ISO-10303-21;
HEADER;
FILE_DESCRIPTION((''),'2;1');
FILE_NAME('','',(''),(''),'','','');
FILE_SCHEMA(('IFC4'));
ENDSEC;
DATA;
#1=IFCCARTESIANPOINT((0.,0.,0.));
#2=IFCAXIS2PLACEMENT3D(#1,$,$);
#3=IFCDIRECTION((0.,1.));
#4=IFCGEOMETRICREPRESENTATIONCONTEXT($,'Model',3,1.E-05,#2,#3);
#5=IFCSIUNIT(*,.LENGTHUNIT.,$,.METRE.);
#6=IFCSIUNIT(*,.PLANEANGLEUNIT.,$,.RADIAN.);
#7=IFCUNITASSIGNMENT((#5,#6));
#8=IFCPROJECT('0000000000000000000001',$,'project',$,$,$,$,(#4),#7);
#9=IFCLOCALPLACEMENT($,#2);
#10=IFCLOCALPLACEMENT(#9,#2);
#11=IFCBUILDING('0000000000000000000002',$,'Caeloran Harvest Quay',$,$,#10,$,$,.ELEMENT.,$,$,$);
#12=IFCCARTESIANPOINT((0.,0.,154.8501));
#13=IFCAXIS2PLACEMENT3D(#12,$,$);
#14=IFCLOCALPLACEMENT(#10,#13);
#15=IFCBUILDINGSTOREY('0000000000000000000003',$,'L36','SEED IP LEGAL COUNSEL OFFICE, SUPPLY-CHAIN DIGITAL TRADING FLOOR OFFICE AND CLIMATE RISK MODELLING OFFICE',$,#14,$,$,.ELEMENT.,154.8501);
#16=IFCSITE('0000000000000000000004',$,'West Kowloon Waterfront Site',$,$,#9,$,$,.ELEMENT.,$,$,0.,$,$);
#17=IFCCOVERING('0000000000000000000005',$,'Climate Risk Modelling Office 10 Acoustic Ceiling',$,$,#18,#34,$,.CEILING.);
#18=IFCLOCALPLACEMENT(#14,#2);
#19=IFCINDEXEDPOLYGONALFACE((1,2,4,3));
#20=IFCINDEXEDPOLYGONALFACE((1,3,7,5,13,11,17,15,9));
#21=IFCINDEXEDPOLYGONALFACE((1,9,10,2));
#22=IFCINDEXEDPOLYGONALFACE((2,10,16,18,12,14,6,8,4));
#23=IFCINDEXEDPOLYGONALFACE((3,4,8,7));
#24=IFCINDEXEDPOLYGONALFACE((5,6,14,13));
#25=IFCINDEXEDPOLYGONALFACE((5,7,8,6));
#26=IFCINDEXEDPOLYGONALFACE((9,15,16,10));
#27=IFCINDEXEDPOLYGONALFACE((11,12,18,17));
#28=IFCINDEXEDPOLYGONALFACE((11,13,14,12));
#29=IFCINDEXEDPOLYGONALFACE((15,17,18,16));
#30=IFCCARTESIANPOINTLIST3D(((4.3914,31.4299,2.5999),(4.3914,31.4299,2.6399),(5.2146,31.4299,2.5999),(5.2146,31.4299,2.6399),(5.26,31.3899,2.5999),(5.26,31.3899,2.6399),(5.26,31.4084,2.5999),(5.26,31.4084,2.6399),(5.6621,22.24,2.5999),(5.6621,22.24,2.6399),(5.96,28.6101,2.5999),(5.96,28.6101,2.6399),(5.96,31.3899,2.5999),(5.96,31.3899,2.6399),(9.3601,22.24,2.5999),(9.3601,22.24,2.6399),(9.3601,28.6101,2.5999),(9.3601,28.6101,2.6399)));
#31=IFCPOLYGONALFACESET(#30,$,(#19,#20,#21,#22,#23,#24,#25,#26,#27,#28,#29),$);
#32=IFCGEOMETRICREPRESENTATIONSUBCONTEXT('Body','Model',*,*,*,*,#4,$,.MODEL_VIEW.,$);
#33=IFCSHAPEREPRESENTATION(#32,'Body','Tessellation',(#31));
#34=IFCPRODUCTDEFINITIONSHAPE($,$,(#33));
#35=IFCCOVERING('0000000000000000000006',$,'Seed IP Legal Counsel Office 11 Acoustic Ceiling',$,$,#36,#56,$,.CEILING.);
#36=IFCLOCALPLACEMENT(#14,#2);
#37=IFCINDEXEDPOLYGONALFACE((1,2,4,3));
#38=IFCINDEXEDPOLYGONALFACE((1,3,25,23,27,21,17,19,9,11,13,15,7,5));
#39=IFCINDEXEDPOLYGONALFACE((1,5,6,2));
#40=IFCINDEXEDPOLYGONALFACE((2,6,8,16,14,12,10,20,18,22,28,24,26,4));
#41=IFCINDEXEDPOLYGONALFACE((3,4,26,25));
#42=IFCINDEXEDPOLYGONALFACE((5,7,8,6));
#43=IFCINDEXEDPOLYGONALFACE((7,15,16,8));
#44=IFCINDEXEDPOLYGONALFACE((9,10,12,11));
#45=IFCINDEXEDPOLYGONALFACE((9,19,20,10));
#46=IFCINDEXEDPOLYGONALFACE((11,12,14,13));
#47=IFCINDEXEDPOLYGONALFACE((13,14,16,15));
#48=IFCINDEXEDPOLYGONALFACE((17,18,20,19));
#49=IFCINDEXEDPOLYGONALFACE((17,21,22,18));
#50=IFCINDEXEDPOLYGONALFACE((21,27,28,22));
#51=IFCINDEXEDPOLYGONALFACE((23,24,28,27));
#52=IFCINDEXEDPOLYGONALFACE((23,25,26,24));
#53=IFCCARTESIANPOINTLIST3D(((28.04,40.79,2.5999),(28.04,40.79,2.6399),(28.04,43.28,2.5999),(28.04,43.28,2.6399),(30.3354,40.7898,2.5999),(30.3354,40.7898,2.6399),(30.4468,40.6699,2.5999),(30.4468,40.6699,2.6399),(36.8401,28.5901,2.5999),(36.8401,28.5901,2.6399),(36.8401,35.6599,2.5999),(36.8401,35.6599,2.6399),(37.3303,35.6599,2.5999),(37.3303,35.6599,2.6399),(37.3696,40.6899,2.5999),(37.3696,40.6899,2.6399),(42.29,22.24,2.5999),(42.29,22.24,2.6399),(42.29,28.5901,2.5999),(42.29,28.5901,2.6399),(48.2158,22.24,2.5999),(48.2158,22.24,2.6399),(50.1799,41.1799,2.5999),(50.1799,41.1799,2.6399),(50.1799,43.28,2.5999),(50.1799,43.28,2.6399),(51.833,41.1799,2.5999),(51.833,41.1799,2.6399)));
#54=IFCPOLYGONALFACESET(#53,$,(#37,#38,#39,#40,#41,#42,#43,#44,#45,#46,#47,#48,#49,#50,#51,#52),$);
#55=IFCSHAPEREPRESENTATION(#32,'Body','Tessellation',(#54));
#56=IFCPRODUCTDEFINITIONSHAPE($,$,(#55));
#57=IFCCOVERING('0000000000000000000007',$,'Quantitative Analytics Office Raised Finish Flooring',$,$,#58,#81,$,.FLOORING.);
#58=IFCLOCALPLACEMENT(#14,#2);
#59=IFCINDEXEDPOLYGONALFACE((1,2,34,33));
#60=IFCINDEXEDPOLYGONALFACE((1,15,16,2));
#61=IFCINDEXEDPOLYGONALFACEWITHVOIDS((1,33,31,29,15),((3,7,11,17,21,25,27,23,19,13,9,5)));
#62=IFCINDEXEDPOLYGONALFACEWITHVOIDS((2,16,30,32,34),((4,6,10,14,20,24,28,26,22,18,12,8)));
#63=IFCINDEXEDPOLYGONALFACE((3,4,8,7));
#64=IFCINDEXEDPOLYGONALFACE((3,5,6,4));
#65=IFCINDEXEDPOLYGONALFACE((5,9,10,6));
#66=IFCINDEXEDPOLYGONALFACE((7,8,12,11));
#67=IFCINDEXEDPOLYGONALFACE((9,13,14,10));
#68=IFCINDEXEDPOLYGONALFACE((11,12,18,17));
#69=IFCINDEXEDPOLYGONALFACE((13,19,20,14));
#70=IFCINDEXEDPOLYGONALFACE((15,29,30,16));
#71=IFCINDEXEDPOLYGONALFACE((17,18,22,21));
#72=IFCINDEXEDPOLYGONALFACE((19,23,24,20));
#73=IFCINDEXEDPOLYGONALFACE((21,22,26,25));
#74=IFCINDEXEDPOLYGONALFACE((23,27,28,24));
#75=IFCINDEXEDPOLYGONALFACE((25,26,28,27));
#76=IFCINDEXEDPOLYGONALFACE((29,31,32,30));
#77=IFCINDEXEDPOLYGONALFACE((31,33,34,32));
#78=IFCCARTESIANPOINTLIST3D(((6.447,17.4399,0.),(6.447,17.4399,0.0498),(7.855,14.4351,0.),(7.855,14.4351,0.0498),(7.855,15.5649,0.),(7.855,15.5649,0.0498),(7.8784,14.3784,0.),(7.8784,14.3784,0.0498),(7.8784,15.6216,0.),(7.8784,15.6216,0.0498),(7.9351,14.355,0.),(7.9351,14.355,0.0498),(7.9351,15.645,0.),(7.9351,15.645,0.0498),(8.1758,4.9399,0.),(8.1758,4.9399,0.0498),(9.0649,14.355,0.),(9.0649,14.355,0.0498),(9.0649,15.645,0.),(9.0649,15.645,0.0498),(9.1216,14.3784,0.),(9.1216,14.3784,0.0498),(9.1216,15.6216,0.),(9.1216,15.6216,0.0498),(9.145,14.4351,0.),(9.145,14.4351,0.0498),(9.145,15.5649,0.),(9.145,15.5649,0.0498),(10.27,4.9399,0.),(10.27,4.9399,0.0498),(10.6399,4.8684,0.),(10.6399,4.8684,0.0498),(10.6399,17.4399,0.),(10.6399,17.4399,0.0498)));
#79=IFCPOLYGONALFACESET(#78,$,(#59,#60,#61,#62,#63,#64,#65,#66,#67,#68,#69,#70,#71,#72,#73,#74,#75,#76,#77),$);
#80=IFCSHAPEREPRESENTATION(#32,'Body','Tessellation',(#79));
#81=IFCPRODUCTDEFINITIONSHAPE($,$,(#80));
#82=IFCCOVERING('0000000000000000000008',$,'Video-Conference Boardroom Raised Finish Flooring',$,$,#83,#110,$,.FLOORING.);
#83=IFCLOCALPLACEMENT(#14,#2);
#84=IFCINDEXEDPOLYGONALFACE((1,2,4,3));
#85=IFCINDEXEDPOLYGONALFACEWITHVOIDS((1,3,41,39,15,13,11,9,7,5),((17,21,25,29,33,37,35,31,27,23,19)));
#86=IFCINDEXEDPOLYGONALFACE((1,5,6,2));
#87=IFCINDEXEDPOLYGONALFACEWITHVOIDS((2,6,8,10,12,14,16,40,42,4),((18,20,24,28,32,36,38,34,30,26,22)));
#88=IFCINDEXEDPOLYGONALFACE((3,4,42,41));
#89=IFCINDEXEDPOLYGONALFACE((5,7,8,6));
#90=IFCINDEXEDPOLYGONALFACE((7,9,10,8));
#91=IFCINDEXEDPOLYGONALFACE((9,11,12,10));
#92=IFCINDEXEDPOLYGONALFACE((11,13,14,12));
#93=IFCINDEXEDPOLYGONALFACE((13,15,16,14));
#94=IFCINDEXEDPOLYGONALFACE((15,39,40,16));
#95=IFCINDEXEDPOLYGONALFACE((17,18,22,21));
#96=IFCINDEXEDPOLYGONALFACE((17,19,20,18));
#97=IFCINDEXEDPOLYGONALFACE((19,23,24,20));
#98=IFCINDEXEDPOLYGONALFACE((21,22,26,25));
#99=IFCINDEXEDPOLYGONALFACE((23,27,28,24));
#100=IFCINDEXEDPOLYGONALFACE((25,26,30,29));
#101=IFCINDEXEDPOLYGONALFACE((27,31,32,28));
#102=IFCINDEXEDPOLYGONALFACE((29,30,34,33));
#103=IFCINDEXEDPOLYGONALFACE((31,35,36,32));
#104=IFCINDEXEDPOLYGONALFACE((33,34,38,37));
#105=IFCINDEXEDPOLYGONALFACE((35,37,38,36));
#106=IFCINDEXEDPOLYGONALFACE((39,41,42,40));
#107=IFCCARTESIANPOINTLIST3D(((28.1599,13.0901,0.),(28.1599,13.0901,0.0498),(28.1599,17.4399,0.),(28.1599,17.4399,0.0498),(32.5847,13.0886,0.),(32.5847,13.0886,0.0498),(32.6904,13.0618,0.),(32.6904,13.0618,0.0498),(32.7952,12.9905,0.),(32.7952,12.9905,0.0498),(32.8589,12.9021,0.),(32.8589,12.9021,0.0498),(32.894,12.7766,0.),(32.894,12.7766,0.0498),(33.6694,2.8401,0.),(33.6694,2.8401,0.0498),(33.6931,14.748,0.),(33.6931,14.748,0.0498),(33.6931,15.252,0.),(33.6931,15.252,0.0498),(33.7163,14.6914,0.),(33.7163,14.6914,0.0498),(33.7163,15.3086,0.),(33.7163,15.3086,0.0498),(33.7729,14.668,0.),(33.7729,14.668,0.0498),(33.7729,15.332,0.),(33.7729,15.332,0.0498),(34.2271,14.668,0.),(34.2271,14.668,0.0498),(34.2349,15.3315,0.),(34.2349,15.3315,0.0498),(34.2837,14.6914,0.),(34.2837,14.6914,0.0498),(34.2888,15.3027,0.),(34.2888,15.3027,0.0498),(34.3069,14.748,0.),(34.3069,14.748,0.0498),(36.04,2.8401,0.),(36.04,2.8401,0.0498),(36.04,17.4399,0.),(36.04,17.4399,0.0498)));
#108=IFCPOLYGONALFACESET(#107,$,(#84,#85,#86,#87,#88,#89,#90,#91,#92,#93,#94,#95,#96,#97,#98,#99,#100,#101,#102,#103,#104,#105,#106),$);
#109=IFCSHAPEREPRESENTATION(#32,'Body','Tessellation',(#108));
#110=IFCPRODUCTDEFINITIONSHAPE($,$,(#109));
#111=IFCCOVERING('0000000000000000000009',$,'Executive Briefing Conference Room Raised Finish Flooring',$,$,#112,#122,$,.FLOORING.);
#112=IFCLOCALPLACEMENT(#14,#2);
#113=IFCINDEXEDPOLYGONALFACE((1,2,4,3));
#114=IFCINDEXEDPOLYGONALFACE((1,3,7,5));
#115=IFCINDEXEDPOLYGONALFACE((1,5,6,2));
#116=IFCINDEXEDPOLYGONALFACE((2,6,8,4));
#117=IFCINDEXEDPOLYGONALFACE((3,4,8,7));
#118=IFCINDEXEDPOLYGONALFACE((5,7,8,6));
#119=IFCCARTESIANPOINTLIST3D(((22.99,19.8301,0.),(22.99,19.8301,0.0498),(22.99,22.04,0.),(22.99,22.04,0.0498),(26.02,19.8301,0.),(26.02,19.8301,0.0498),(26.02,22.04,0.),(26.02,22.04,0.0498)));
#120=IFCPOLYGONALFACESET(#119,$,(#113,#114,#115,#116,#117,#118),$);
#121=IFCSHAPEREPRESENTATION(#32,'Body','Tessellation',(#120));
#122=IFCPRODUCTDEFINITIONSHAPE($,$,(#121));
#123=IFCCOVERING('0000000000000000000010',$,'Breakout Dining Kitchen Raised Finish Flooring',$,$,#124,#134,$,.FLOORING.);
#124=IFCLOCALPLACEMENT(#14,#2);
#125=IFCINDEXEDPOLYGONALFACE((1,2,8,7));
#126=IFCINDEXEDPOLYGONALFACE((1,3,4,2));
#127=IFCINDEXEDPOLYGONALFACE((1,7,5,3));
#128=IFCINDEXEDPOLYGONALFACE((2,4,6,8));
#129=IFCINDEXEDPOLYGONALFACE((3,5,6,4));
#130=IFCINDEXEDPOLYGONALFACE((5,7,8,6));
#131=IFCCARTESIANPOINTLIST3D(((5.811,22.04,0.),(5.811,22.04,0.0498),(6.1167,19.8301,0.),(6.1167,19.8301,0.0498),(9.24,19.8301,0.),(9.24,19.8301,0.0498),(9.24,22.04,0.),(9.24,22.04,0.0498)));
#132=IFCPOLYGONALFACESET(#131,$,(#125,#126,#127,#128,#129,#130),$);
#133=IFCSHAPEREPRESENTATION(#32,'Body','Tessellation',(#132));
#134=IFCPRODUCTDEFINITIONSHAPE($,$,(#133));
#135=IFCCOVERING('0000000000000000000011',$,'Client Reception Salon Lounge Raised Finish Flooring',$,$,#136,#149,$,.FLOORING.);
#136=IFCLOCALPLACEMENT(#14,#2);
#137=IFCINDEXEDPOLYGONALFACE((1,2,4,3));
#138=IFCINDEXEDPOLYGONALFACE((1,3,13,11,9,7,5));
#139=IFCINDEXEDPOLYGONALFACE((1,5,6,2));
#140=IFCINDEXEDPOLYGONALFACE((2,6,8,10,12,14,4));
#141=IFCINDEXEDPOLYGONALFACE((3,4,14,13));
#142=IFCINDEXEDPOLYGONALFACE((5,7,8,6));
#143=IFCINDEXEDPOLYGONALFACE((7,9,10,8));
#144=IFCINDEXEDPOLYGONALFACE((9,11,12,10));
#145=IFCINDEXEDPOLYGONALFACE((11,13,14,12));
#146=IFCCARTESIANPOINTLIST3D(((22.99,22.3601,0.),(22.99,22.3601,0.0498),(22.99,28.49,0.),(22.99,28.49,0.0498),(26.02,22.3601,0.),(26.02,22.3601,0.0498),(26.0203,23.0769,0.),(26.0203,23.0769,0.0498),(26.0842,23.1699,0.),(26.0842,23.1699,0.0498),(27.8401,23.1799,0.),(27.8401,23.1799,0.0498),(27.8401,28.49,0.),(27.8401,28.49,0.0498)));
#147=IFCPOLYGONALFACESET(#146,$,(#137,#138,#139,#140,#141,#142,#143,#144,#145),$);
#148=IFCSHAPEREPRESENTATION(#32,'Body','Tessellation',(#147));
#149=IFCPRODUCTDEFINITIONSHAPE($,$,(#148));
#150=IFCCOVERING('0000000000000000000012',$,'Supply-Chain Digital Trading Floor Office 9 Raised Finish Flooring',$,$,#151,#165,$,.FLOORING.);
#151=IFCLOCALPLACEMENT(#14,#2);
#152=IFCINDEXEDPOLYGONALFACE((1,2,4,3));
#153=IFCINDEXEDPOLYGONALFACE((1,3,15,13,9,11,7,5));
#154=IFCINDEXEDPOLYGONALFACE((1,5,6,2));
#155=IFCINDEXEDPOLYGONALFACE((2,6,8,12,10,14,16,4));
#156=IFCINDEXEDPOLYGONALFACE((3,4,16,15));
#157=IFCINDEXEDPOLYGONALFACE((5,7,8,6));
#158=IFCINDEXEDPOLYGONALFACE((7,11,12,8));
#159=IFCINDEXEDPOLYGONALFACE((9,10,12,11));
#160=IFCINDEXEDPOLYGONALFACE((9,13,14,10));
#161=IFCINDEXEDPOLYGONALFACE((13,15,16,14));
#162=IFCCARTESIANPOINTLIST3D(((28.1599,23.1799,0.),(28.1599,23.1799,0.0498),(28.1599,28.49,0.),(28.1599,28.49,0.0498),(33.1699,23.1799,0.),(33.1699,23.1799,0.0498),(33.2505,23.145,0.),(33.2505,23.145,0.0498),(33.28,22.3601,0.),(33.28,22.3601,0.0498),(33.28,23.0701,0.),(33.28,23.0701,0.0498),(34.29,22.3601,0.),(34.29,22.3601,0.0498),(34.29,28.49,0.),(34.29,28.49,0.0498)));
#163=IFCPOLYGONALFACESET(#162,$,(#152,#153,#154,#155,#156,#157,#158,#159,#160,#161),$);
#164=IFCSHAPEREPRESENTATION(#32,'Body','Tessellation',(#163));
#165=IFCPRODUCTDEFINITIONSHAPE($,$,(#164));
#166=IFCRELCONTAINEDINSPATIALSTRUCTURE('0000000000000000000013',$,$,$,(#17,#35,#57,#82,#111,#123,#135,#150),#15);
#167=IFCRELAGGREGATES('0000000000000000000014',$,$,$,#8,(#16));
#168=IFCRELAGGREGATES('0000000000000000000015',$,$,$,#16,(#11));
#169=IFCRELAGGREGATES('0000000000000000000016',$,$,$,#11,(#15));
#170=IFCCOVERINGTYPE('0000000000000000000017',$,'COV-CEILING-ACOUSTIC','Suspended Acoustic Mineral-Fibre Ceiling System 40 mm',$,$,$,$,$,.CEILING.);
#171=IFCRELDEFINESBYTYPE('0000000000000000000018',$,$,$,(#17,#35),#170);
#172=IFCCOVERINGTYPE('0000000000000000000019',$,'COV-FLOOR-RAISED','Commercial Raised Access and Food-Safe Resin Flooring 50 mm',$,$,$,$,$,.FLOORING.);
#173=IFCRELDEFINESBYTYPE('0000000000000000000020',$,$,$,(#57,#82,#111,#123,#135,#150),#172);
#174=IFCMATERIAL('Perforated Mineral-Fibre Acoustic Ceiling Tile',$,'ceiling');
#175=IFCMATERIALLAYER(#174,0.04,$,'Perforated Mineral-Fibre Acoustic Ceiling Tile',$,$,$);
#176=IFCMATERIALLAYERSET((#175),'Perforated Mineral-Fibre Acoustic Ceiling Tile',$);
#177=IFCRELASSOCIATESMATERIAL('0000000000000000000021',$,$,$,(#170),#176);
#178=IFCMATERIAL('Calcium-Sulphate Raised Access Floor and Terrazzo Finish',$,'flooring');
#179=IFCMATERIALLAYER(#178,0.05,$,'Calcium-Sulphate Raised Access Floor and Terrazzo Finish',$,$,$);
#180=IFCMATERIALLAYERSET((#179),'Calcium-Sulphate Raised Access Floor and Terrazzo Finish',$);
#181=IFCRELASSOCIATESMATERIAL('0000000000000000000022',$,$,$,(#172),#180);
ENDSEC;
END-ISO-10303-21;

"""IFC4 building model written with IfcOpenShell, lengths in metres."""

from ifc_helpers import new_model, si_unit, direction, frame, origin, place, context, subcontext, project, spatial, polyline, outline, extrude, material, layer, layer_set, type_object, element, save


model = new_model("IFC4")

# Units and contexts
model_context = context("Model", 3, precision=1e-05, world=origin(), true_north=direction((0.0, 1.0)))
body_context = subcontext(model_context, "Body", "Model", "MODEL_VIEW")
ifc_project = project(units=[si_unit("LENGTHUNIT", "METRE"), si_unit("PLANEANGLEUNIT", "RADIAN")], contexts=[model_context])

# Site, building, storey
site_placement = place(None, origin())
site = spatial("IfcSite", under=ifc_project, at=site_placement, Name="West Kowloon Waterfront Site", CompositionType="ELEMENT", RefElevation=0.0)
building_placement = place(site_placement, origin())
building = spatial("IfcBuilding", under=site, at=building_placement, Name="Caeloran Harvest Quay", CompositionType="ELEMENT")
storey_placement = place(building_placement, frame((0.0, 0.0, 154.8501)))
storey = spatial("IfcBuildingStorey", under=building, at=storey_placement, Name="L36", Description="SEED IP LEGAL COUNSEL OFFICE, SUPPLY-CHAIN DIGITAL TRADING FLOOR OFFICE AND CLIMATE RISK MODELLING OFFICE", CompositionType="ELEMENT", Elevation=154.8501)

# Coverings
ifc_material_1 = material(Name="Perforated Mineral-Fibre Acoustic Ceiling Tile", Category="ceiling")
ifc_layer_1 = layer(ifc_material_1, 0.04, Name="Perforated Mineral-Fibre Acoustic Ceiling Tile")
ifc_layer_set_1 = layer_set([ifc_layer_1], Name="Perforated Mineral-Fibre Acoustic Ceiling Tile")
covering_type_1 = type_object("IfcCoveringType", Name="COV-CEILING-ACOUSTIC", Description="Suspended Acoustic Mineral-Fibre Ceiling System 40 mm", PredefinedType="CEILING", material=ifc_layer_set_1)
covering_1_placement = place(storey_placement, frame((0.0, 0.0, 2.5999)))
element("IfcCovering", 1, at=covering_1_placement, inside=storey, type_object=covering_type_1, Name="Climate Risk Modelling Office 10 Acoustic Ceiling", PredefinedType="CEILING", context=body_context, shape_type="SweptSolid", body=[
    extrude(outline(polyline([(5.96, 31.3899), (5.96, 28.6101), (9.3601, 28.6101), (9.3601, 22.24), (5.6621, 22.24), (4.3914, 31.4299), (5.2146, 31.4299), (5.26, 31.4084), (5.26, 31.3899), (5.96, 31.3899)])), origin(), (0.0, 0.0, 1.0), 0.04),
])
covering_2_placement = place(storey_placement, frame((0.0, 0.0, 2.5999)))
element("IfcCovering", 2, at=covering_2_placement, inside=storey, type_object=covering_type_1, Name="Seed IP Legal Counsel Office 11 Acoustic Ceiling", PredefinedType="CEILING", context=body_context, shape_type="SweptSolid", body=[
    extrude(outline(polyline([(48.2158, 22.24), (42.29, 22.24), (42.29, 28.5901), (36.8401, 28.5901), (36.8401, 35.6599), (37.3303, 35.6599), (37.3696, 40.6899), (30.4468, 40.6699), (30.3354, 40.7898), (28.04, 40.79), (28.04, 43.28), (50.1799, 43.28), (50.1799, 41.1799), (51.833, 41.1799), (48.2158, 22.24)])), origin(), (0.0, 0.0, 1.0), 0.04),
])
ifc_material_2 = material(Name="Calcium-Sulphate Raised Access Floor and Terrazzo Finish", Category="flooring")
ifc_layer_2 = layer(ifc_material_2, 0.05, Name="Calcium-Sulphate Raised Access Floor and Terrazzo Finish")
ifc_layer_set_2 = layer_set([ifc_layer_2], Name="Calcium-Sulphate Raised Access Floor and Terrazzo Finish")
covering_type_2 = type_object("IfcCoveringType", Name="COV-FLOOR-RAISED", Description="Commercial Raised Access and Food-Safe Resin Flooring 50 mm", PredefinedType="FLOORING", material=ifc_layer_set_2)
covering_3_placement = place(storey_placement, origin())
element("IfcCovering", 3, at=covering_3_placement, inside=storey, type_object=covering_type_2, Name="Quantitative Analytics Office Raised Finish Flooring", PredefinedType="FLOORING", context=body_context, shape_type="SweptSolid", body=[
    extrude(outline(polyline([(10.6399, 4.8684), (10.27, 4.9399), (8.1758, 4.9399), (6.447, 17.4399), (10.6399, 17.4399), (10.6399, 4.8684)]), holes=[polyline([(7.9351, 15.645), (7.8784, 15.6216), (7.855, 15.5649), (7.855, 14.4351), (7.8784, 14.3784), (7.9351, 14.355), (9.0649, 14.355), (9.1216, 14.3784), (9.145, 14.4351), (9.145, 15.5649), (9.1216, 15.6216), (9.0649, 15.645), (7.9351, 15.645)])]), origin(), (0.0, 0.0, 1.0), 0.0498),
])
covering_4_placement = place(storey_placement, origin())
element("IfcCovering", 4, at=covering_4_placement, inside=storey, type_object=covering_type_2, Name="Video-Conference Boardroom Raised Finish Flooring", PredefinedType="FLOORING", context=body_context, shape_type="SweptSolid", body=[
    extrude(outline(polyline([(32.894, 12.7766), (32.8589, 12.9021), (32.7952, 12.9905), (32.6904, 13.0618), (32.5847, 13.0886), (28.1599, 13.0901), (28.1599, 17.4399), (36.04, 17.4399), (36.04, 2.8401), (33.6694, 2.8401), (32.894, 12.7766)]), holes=[polyline([(34.3069, 14.748), (34.2888, 15.3027), (34.2349, 15.3315), (33.7729, 15.332), (33.7163, 15.3086), (33.6931, 15.252), (33.6931, 14.748), (33.7163, 14.6914), (33.7729, 14.668), (34.2271, 14.668), (34.2837, 14.6914), (34.3069, 14.748)])]), origin(), (0.0, 0.0, 1.0), 0.0498),
])
covering_5_placement = place(storey_placement, origin())
element("IfcCovering", 5, at=covering_5_placement, inside=storey, type_object=covering_type_2, Name="Executive Briefing Conference Room Raised Finish Flooring", PredefinedType="FLOORING", context=body_context, shape_type="SweptSolid", body=[
    extrude(outline(polyline([(26.02, 22.04), (26.02, 19.8301), (22.99, 19.8301), (22.99, 22.04), (26.02, 22.04)])), origin(), (0.0, 0.0, 1.0), 0.0498),
])
covering_6_placement = place(storey_placement, origin())
element("IfcCovering", 6, at=covering_6_placement, inside=storey, type_object=covering_type_2, Name="Breakout Dining Kitchen Raised Finish Flooring", PredefinedType="FLOORING", context=body_context, shape_type="SweptSolid", body=[
    extrude(outline(polyline([(5.811, 22.04), (9.24, 22.04), (9.24, 19.8301), (6.1167, 19.8301), (5.811, 22.04)])), origin(), (0.0, 0.0, 1.0), 0.0498),
])
covering_7_placement = place(storey_placement, origin())
element("IfcCovering", 7, at=covering_7_placement, inside=storey, type_object=covering_type_2, Name="Client Reception Salon Lounge Raised Finish Flooring", PredefinedType="FLOORING", context=body_context, shape_type="SweptSolid", body=[
    extrude(outline(polyline([(22.99, 28.49), (27.8401, 28.49), (27.8401, 23.1799), (26.0842, 23.1699), (26.0203, 23.0769), (26.02, 22.3601), (22.99, 22.3601), (22.99, 28.49)])), origin(), (0.0, 0.0, 1.0), 0.0498),
])
covering_8_placement = place(storey_placement, origin())
element("IfcCovering", 8, at=covering_8_placement, inside=storey, type_object=covering_type_2, Name="Supply-Chain Digital Trading Floor Office 9 Raised Finish Flooring", PredefinedType="FLOORING", context=body_context, shape_type="SweptSolid", body=[
    extrude(outline(polyline([(33.28, 23.0701), (33.2505, 23.145), (33.1699, 23.1799), (28.1599, 23.1799), (28.1599, 28.49), (34.29, 28.49), (34.29, 22.3601), (33.28, 22.3601), (33.28, 23.0701)])), origin(), (0.0, 0.0, 1.0), 0.0498),
])

save(model, "model.ifc")
